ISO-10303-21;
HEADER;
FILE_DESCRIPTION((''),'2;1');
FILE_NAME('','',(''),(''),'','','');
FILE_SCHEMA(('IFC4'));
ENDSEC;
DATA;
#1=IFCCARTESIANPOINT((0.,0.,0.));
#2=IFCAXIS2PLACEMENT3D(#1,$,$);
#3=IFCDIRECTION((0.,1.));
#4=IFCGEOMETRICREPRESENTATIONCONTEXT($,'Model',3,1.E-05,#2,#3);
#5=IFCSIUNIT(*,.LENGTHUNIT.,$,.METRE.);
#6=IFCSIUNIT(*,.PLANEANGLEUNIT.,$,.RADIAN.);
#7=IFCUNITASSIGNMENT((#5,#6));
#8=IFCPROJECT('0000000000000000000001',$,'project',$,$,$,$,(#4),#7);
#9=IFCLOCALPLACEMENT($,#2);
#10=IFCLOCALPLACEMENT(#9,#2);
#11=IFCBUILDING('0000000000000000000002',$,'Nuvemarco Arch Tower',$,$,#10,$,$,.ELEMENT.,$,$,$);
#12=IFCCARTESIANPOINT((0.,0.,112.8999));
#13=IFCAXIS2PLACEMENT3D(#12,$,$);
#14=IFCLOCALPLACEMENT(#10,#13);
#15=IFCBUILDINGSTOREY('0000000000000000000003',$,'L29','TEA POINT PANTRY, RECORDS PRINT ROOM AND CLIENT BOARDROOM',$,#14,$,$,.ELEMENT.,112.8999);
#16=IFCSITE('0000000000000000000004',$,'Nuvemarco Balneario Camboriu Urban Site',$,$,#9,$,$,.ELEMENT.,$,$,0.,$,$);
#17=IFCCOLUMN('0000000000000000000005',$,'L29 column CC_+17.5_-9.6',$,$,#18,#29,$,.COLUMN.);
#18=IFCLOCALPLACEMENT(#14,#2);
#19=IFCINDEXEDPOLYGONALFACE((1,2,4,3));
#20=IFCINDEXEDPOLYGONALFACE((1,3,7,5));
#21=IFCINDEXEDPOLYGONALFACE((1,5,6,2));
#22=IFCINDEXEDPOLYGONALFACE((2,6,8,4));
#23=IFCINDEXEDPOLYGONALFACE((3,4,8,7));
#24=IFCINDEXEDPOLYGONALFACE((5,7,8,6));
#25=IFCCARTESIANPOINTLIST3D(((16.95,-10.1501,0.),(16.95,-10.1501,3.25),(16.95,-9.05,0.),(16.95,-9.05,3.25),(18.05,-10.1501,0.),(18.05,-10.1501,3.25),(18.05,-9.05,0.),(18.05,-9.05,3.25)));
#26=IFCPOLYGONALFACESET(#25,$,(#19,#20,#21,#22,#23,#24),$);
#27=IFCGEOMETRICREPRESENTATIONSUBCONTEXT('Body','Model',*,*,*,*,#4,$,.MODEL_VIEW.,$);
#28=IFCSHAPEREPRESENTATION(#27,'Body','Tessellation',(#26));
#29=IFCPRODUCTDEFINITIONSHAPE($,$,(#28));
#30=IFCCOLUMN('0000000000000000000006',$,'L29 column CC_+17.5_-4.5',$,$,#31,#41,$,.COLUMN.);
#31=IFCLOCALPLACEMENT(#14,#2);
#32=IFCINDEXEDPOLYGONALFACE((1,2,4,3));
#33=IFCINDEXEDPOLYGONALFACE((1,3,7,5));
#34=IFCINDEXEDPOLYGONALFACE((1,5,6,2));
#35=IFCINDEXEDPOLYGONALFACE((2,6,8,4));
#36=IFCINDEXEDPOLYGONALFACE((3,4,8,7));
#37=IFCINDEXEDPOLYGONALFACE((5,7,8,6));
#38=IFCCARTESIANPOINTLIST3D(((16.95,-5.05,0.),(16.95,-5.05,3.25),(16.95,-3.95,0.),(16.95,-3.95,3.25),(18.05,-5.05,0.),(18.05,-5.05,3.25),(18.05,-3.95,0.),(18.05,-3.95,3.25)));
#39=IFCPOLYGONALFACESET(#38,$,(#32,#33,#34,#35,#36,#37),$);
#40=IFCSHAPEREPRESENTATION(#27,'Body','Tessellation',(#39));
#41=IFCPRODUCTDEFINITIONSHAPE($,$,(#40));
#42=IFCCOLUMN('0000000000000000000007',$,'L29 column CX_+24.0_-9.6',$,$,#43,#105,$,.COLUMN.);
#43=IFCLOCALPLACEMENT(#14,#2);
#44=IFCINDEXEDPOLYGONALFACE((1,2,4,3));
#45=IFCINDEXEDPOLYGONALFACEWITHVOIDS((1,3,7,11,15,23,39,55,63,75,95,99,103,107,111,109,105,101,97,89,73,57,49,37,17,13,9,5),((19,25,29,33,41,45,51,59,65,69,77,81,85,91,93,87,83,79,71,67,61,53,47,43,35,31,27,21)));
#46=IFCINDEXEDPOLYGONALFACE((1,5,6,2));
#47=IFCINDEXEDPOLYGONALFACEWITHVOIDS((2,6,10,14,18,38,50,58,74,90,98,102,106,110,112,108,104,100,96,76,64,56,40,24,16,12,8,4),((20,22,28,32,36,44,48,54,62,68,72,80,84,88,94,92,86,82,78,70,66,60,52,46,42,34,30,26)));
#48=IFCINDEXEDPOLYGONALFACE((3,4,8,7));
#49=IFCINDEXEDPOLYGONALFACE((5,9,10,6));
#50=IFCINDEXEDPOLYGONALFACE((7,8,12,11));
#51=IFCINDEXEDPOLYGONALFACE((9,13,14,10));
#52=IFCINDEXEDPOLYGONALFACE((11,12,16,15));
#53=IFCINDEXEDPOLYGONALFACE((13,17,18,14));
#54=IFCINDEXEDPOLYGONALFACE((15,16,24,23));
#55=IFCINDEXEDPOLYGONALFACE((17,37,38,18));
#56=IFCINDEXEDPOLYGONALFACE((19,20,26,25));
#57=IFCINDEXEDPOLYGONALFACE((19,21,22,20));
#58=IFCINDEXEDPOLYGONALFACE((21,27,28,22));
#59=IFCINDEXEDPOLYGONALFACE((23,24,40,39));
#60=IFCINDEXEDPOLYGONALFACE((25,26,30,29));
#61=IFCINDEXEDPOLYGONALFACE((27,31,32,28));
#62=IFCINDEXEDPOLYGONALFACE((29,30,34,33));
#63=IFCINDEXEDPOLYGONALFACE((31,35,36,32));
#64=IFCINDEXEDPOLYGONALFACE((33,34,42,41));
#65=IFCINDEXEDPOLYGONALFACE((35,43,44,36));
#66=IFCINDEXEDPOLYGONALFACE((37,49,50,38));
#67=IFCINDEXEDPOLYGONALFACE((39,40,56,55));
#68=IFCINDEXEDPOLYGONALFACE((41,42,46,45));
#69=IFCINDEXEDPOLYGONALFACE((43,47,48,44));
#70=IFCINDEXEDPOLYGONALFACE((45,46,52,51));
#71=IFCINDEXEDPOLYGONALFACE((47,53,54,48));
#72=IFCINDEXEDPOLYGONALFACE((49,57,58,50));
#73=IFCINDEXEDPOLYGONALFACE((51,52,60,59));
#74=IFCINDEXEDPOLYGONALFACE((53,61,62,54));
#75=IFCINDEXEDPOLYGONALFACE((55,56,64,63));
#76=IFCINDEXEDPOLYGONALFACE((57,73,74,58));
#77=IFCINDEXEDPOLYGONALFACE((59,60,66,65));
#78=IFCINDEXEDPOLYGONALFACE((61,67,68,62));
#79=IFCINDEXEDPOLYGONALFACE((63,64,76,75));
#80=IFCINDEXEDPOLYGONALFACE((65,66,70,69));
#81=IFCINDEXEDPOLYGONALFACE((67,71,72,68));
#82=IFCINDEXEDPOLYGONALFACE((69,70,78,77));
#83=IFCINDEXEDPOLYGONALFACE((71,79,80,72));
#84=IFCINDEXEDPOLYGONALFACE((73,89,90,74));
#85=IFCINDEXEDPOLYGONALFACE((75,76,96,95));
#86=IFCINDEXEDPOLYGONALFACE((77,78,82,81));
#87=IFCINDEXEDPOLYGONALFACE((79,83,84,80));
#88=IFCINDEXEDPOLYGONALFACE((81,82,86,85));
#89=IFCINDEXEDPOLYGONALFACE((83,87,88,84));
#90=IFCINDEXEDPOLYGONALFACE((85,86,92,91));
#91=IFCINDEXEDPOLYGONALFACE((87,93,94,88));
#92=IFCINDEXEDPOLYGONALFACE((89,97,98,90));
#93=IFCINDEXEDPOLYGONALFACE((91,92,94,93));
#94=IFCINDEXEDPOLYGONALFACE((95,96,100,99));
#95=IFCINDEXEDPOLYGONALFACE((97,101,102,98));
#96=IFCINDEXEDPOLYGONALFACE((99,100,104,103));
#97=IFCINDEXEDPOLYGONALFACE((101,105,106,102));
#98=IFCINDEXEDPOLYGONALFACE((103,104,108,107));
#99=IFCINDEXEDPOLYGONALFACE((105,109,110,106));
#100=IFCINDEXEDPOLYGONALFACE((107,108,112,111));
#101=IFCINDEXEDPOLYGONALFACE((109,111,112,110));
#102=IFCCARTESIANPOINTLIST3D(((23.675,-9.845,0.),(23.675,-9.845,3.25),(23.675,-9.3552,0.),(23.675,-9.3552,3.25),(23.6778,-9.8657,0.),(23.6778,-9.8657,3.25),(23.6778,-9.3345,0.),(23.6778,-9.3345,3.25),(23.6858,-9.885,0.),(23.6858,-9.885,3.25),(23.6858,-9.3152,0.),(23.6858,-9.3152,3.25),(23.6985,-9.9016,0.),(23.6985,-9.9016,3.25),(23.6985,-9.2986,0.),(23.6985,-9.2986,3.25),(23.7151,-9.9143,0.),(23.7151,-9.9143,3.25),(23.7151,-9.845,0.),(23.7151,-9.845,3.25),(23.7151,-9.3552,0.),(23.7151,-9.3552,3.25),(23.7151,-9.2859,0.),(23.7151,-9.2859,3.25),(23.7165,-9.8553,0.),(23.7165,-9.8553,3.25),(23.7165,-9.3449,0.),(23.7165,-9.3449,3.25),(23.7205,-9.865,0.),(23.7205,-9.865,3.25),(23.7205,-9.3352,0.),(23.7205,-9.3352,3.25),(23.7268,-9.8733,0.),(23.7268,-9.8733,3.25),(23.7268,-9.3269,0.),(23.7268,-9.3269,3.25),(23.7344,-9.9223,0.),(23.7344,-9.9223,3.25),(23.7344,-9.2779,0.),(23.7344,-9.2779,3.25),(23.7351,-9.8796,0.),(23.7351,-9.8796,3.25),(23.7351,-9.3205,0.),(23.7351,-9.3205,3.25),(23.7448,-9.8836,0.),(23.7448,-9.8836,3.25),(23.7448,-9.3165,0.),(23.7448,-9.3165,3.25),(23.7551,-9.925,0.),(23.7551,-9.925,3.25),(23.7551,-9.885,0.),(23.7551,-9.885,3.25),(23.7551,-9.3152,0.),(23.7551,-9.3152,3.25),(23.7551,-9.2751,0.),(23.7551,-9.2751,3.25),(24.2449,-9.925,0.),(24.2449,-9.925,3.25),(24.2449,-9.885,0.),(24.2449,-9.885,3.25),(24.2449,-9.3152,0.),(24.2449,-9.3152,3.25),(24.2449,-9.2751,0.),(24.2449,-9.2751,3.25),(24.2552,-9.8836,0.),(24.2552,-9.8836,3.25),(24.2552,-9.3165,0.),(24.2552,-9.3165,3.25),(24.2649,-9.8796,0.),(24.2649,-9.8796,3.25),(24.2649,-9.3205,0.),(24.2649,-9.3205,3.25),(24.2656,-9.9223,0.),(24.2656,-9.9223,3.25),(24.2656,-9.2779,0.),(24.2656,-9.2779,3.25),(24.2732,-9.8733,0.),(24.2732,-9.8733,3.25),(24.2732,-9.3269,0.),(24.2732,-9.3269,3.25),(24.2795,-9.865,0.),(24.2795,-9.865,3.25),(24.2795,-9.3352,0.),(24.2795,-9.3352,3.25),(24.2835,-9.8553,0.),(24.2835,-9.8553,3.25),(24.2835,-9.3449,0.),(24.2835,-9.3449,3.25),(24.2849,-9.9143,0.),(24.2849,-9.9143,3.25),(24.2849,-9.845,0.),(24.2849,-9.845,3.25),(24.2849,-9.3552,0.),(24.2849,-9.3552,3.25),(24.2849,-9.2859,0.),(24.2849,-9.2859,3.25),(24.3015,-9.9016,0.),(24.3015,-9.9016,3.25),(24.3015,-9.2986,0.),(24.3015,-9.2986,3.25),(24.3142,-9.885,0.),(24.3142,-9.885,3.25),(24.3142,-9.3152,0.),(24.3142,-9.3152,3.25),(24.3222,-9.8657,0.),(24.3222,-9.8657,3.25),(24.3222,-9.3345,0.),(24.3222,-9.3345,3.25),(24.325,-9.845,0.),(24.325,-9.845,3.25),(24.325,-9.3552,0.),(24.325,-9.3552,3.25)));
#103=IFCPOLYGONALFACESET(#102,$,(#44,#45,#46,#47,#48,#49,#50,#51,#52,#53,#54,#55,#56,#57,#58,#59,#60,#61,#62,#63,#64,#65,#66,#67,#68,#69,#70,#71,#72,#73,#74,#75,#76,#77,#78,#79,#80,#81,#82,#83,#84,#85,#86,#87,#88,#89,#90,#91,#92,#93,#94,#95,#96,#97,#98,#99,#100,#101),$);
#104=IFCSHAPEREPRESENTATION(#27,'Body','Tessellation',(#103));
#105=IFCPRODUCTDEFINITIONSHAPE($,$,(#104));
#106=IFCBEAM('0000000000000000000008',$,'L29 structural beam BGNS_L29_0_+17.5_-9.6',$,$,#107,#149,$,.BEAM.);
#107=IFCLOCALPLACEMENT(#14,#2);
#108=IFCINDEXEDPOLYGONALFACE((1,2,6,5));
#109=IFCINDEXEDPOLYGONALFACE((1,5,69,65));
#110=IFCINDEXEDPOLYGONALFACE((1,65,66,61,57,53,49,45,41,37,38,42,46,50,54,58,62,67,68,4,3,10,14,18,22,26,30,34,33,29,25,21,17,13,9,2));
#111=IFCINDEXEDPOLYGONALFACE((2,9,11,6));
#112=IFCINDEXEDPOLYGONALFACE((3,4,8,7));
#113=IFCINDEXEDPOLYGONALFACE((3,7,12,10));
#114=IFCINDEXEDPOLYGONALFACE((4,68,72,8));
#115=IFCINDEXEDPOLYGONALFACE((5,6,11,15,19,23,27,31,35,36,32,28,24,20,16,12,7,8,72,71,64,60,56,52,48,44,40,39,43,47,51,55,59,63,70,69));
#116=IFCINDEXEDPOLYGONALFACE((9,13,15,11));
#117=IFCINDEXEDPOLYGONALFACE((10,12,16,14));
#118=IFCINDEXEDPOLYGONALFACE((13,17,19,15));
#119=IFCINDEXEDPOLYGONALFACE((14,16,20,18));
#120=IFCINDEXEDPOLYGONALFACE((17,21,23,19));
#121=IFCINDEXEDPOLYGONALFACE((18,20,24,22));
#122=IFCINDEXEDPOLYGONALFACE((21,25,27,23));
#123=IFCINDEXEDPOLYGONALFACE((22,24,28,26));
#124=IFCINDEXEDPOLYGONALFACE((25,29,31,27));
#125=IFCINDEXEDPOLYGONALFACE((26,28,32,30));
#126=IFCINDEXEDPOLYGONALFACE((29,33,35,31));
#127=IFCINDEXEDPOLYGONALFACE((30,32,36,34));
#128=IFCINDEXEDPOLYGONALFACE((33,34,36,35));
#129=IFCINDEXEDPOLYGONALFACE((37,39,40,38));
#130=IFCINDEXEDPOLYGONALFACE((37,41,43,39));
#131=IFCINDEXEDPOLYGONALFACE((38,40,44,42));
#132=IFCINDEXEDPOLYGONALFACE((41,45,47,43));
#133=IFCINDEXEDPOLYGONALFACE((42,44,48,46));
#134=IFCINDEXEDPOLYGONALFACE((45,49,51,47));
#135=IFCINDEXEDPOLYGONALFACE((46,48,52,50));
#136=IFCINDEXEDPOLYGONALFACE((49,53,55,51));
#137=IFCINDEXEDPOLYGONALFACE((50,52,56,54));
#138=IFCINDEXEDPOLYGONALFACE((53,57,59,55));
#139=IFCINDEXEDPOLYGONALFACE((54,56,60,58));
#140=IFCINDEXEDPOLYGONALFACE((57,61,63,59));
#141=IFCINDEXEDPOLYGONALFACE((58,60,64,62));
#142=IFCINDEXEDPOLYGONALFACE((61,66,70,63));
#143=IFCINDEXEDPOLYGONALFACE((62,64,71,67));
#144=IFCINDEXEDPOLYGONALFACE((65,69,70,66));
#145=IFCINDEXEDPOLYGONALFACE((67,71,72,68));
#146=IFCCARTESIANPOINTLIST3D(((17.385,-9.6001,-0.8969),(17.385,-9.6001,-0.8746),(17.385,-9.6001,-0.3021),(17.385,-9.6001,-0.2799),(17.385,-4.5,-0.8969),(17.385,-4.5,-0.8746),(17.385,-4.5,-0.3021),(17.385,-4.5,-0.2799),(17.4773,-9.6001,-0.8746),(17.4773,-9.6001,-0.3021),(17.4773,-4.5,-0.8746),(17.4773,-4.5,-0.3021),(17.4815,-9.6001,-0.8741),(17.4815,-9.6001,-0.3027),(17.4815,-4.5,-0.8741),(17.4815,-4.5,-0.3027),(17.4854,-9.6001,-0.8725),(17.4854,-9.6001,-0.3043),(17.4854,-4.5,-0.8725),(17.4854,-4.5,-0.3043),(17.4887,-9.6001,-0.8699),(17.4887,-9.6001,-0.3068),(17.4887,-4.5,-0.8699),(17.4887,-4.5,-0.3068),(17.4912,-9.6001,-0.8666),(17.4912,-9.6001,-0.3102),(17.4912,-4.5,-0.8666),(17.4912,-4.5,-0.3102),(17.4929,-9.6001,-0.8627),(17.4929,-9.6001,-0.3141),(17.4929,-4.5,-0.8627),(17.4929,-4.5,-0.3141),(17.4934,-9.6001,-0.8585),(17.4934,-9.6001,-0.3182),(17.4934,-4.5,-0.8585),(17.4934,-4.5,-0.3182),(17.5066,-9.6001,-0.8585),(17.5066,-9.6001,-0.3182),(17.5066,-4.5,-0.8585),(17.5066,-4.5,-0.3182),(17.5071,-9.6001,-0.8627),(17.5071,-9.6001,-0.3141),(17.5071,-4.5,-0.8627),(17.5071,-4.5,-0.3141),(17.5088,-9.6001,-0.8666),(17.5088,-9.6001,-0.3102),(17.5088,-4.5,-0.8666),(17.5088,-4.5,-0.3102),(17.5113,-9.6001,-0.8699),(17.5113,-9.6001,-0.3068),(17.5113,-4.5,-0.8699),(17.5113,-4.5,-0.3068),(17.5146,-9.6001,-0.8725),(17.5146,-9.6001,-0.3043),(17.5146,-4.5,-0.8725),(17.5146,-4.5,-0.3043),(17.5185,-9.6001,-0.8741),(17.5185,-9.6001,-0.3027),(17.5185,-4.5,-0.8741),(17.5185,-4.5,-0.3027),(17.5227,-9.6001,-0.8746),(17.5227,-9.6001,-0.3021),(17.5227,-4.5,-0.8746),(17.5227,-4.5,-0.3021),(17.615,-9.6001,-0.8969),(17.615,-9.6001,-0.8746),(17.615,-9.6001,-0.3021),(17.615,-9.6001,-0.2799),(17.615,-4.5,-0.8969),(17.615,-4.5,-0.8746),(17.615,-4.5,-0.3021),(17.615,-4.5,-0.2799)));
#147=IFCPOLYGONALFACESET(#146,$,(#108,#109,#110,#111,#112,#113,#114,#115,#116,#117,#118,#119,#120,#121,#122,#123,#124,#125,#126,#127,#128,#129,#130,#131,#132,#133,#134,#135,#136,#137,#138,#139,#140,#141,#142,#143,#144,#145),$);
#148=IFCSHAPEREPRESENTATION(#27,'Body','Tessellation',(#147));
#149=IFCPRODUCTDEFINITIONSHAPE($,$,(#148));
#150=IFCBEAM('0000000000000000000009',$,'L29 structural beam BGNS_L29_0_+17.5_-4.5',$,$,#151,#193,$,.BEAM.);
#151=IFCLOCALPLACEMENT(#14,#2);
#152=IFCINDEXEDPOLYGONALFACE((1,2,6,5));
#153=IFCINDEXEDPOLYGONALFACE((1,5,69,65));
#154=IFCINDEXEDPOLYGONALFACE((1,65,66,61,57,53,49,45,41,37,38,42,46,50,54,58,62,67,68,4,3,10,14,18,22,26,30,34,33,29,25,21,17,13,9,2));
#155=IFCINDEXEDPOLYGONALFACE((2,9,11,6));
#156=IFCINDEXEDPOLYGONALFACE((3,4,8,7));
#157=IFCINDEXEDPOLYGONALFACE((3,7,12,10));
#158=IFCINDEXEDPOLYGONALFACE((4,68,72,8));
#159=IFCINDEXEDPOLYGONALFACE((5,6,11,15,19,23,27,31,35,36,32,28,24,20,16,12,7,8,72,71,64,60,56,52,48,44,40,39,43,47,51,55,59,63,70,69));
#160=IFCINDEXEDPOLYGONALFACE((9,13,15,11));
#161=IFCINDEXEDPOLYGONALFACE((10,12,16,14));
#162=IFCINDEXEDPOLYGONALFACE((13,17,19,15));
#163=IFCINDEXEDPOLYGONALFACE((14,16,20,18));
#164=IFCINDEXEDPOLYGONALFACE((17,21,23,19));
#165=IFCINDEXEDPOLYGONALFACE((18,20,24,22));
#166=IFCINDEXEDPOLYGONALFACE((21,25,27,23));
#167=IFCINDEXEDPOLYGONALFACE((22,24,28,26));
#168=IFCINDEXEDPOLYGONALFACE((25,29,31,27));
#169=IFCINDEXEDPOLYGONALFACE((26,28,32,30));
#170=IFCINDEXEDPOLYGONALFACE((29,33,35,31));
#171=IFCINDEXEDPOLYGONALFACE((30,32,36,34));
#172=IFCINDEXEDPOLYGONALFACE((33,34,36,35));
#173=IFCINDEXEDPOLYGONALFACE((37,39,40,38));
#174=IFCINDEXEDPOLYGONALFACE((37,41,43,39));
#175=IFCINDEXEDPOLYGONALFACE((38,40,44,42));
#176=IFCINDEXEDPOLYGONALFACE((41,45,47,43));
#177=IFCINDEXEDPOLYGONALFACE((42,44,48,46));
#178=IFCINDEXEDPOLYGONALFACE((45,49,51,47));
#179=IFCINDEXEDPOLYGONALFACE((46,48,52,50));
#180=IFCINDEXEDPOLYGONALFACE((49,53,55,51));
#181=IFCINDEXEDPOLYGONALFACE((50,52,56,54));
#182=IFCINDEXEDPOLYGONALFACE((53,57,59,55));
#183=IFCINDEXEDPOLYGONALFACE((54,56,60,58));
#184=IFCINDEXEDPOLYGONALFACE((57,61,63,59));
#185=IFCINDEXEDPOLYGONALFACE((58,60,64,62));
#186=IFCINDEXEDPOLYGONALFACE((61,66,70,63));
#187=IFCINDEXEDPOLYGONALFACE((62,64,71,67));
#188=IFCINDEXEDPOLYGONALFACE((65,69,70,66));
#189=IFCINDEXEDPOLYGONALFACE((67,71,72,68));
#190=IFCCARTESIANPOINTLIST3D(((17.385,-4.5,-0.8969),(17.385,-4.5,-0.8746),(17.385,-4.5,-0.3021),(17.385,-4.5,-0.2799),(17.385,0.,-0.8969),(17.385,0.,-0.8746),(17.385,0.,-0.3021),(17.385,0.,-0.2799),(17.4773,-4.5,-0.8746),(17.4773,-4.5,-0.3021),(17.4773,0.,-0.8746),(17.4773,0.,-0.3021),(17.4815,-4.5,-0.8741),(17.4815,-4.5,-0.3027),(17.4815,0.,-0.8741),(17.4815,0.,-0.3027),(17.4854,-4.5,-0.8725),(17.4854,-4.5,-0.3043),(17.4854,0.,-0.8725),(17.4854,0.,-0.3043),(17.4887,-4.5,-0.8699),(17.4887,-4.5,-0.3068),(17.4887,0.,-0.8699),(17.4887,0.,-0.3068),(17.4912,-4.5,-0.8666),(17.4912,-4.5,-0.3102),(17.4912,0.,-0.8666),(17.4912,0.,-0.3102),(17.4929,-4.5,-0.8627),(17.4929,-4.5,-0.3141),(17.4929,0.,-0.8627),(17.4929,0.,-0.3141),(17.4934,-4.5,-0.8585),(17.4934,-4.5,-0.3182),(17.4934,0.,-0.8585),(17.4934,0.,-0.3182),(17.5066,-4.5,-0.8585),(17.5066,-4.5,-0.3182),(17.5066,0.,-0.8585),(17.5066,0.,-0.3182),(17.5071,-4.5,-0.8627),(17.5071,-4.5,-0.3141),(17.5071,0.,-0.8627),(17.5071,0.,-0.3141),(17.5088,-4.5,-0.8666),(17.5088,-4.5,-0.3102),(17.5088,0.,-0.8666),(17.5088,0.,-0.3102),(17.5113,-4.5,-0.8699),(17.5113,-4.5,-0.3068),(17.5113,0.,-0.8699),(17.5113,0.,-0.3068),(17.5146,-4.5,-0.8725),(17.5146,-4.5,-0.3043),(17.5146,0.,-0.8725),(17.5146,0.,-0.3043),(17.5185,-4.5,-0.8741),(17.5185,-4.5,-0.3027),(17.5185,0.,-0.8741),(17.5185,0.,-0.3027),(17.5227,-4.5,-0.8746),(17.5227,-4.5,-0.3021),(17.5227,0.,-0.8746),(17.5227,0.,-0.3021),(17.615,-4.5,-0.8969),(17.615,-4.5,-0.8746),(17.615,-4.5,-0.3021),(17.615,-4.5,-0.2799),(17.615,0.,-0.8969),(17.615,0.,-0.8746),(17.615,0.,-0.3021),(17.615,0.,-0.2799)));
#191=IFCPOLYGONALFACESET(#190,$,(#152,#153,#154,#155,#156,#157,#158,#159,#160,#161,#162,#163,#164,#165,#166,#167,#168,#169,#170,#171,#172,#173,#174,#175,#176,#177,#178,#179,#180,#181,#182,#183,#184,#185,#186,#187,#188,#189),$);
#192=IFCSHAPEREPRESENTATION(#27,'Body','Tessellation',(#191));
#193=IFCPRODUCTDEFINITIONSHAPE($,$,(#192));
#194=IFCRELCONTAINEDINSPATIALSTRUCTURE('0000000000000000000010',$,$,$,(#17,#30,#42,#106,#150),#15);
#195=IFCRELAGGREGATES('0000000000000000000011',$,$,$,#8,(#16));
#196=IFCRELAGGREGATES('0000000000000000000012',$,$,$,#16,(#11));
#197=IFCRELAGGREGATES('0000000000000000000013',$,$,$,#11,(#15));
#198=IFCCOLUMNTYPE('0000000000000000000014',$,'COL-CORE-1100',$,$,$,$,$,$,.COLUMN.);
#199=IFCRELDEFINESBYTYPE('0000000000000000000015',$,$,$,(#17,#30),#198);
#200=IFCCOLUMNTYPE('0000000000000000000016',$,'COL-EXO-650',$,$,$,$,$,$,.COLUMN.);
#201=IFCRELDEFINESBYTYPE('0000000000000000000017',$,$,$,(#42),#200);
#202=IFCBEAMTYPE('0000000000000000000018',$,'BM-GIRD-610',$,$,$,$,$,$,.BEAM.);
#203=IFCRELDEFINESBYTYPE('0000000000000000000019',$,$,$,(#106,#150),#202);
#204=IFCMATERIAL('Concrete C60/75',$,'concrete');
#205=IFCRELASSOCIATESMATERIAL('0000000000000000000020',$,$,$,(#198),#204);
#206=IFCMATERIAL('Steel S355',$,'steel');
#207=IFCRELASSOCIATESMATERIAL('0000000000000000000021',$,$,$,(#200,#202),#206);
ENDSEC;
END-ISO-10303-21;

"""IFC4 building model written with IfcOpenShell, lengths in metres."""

from ifc_helpers import new_model, si_unit, direction, frame, origin, origin_2d, place, context, subcontext, project, spatial, rectangle, hollow_rectangle, i_section, extrude, material, material_profile, profile_set, type_object, element, save


model = new_model("IFC4")

# Units and contexts
model_context = context("Model", 3, precision=1e-05, world=origin(), true_north=direction((0.0, 1.0)))
body_context = subcontext(model_context, "Body", "Model", "MODEL_VIEW")
ifc_project = project(units=[si_unit("LENGTHUNIT", "METRE"), si_unit("PLANEANGLEUNIT", "RADIAN")], contexts=[model_context])

# Site, building, storey
site_placement = place(None, origin())
site = spatial("IfcSite", under=ifc_project, at=site_placement, Name="Nuvemarco Balneario Camboriu Urban Site", CompositionType="ELEMENT", RefElevation=0.0)
building_placement = place(site_placement, origin())
building = spatial("IfcBuilding", under=site, at=building_placement, Name="Nuvemarco Arch Tower", CompositionType="ELEMENT")
storey_placement = place(building_placement, frame((0.0, 0.0, 112.8999)))
storey = spatial("IfcBuildingStorey", under=building, at=storey_placement, Name="L29", Description="TEA POINT PANTRY, RECORDS PRINT ROOM AND CLIENT BOARDROOM", CompositionType="ELEMENT", Elevation=112.8999)

# Columns
ifc_material_1 = material(Name="Concrete C60/75", Category="concrete")
ifc_material_profile_1 = material_profile(ifc_material_1, rectangle(XDim=1.1001, YDim=1.1001, at=origin_2d()), Name="RC-COL-1100x1100")
ifc_profile_set_1 = profile_set([ifc_material_profile_1], Name="Concrete C60/75")
column_type_1 = type_object("IfcColumnType", Name="COL-CORE-1100", PredefinedType="COLUMN", material=ifc_profile_set_1)
for number, where, z_axis, x_axis, name in (
    (1, (17.5, -9.6001, 0.0), (0.0, 0.0, 1.0), (1.0, 0.0, 0.0), "L29 column CC_+17.5_-9.6"),
    (2, (17.5, -4.5, 0.0), (0.0, 0.0, 1.0), (1.0, 0.0, 0.0), "L29 column CC_+17.5_-4.5"),
):
    element("IfcColumn", number, at=place(storey_placement, frame(where, z_axis=z_axis, x_axis=x_axis)), inside=storey, type_object=column_type_1, Name=name, PredefinedType="COLUMN", context=body_context, shape_type="SweptSolid", body=[
        extrude(rectangle(XDim=1.1001, YDim=1.1001, at=origin_2d()), origin(), (0.0, 0.0, 1.0), 3.25),
    ])
ifc_material_2 = material(Name="Steel S355", Category="steel")
ifc_material_profile_2 = material_profile(ifc_material_2, hollow_rectangle(XDim=0.6499, YDim=0.6499, WallThickness=0.04, InnerFilletRadius=0.04, OuterFilletRadius=0.0801, at=origin_2d()), Name="SHS650x650x40")
ifc_profile_set_2 = profile_set([ifc_material_profile_2], Name="Steel S355")
column_type_2 = type_object("IfcColumnType", Name="COL-EXO-650", PredefinedType="COLUMN", material=ifc_profile_set_2)
column_placement = place(storey_placement, frame((24.0, -9.6001, 0.0), z_axis=(0.0, 0.0, 1.0), x_axis=(1.0, 0.0, 0.0)))
element("IfcColumn", 3, at=column_placement, inside=storey, type_object=column_type_2, Name="L29 column CX_+24.0_-9.6", PredefinedType="COLUMN", context=body_context, shape_type="SweptSolid", body=[
    extrude(hollow_rectangle(XDim=0.6499, YDim=0.6499, WallThickness=0.04, InnerFilletRadius=0.04, OuterFilletRadius=0.0801, at=origin_2d()), origin(), (0.0, 0.0, 1.0), 3.25),
])

# Beams
ifc_material_profile_3 = material_profile(ifc_material_2, i_section(OverallWidth=0.23, OverallDepth=0.6169, WebThickness=0.0132, FlangeThickness=0.0222, FilletRadius=0.0161, at=origin_2d()), Name="W610x140")
ifc_profile_set_3 = profile_set([ifc_material_profile_3], Name="Steel S355")
beam_type_1 = type_object("IfcBeamType", Name="BM-GIRD-610", PredefinedType="BEAM", material=ifc_profile_set_3)
beam_1_placement = place(storey_placement, frame((17.5, -9.6001, -0.5884), z_axis=(0.0, 1.0, 0.0), x_axis=(-1.0, 0.0, 0.0)))
element("IfcBeam", 4, at=beam_1_placement, inside=storey, type_object=beam_type_1, Name="L29 structural beam BGNS_L29_0_+17.5_-9.6", PredefinedType="BEAM", context=body_context, shape_type="SweptSolid", body=[
    extrude(i_section(OverallWidth=0.23, OverallDepth=0.6169, WebThickness=0.0132, FlangeThickness=0.0222, FilletRadius=0.0161, at=origin_2d()), origin(), (0.0, 0.0, 1.0), 5.1001),
])
beam_2_placement = place(storey_placement, frame((17.5, -4.5, -0.5884), z_axis=(0.0, 1.0, 0.0), x_axis=(-1.0, 0.0, 0.0)))
element("IfcBeam", 5, at=beam_2_placement, inside=storey, type_object=beam_type_1, Name="L29 structural beam BGNS_L29_0_+17.5_-4.5", PredefinedType="BEAM", context=body_context, shape_type="SweptSolid", body=[
    extrude(i_section(OverallWidth=0.23, OverallDepth=0.6169, WebThickness=0.0132, FlangeThickness=0.0222, FilletRadius=0.0161, at=origin_2d()), origin(), (0.0, 0.0, 1.0), 4.5),
])

save(model, "model.ifc")
